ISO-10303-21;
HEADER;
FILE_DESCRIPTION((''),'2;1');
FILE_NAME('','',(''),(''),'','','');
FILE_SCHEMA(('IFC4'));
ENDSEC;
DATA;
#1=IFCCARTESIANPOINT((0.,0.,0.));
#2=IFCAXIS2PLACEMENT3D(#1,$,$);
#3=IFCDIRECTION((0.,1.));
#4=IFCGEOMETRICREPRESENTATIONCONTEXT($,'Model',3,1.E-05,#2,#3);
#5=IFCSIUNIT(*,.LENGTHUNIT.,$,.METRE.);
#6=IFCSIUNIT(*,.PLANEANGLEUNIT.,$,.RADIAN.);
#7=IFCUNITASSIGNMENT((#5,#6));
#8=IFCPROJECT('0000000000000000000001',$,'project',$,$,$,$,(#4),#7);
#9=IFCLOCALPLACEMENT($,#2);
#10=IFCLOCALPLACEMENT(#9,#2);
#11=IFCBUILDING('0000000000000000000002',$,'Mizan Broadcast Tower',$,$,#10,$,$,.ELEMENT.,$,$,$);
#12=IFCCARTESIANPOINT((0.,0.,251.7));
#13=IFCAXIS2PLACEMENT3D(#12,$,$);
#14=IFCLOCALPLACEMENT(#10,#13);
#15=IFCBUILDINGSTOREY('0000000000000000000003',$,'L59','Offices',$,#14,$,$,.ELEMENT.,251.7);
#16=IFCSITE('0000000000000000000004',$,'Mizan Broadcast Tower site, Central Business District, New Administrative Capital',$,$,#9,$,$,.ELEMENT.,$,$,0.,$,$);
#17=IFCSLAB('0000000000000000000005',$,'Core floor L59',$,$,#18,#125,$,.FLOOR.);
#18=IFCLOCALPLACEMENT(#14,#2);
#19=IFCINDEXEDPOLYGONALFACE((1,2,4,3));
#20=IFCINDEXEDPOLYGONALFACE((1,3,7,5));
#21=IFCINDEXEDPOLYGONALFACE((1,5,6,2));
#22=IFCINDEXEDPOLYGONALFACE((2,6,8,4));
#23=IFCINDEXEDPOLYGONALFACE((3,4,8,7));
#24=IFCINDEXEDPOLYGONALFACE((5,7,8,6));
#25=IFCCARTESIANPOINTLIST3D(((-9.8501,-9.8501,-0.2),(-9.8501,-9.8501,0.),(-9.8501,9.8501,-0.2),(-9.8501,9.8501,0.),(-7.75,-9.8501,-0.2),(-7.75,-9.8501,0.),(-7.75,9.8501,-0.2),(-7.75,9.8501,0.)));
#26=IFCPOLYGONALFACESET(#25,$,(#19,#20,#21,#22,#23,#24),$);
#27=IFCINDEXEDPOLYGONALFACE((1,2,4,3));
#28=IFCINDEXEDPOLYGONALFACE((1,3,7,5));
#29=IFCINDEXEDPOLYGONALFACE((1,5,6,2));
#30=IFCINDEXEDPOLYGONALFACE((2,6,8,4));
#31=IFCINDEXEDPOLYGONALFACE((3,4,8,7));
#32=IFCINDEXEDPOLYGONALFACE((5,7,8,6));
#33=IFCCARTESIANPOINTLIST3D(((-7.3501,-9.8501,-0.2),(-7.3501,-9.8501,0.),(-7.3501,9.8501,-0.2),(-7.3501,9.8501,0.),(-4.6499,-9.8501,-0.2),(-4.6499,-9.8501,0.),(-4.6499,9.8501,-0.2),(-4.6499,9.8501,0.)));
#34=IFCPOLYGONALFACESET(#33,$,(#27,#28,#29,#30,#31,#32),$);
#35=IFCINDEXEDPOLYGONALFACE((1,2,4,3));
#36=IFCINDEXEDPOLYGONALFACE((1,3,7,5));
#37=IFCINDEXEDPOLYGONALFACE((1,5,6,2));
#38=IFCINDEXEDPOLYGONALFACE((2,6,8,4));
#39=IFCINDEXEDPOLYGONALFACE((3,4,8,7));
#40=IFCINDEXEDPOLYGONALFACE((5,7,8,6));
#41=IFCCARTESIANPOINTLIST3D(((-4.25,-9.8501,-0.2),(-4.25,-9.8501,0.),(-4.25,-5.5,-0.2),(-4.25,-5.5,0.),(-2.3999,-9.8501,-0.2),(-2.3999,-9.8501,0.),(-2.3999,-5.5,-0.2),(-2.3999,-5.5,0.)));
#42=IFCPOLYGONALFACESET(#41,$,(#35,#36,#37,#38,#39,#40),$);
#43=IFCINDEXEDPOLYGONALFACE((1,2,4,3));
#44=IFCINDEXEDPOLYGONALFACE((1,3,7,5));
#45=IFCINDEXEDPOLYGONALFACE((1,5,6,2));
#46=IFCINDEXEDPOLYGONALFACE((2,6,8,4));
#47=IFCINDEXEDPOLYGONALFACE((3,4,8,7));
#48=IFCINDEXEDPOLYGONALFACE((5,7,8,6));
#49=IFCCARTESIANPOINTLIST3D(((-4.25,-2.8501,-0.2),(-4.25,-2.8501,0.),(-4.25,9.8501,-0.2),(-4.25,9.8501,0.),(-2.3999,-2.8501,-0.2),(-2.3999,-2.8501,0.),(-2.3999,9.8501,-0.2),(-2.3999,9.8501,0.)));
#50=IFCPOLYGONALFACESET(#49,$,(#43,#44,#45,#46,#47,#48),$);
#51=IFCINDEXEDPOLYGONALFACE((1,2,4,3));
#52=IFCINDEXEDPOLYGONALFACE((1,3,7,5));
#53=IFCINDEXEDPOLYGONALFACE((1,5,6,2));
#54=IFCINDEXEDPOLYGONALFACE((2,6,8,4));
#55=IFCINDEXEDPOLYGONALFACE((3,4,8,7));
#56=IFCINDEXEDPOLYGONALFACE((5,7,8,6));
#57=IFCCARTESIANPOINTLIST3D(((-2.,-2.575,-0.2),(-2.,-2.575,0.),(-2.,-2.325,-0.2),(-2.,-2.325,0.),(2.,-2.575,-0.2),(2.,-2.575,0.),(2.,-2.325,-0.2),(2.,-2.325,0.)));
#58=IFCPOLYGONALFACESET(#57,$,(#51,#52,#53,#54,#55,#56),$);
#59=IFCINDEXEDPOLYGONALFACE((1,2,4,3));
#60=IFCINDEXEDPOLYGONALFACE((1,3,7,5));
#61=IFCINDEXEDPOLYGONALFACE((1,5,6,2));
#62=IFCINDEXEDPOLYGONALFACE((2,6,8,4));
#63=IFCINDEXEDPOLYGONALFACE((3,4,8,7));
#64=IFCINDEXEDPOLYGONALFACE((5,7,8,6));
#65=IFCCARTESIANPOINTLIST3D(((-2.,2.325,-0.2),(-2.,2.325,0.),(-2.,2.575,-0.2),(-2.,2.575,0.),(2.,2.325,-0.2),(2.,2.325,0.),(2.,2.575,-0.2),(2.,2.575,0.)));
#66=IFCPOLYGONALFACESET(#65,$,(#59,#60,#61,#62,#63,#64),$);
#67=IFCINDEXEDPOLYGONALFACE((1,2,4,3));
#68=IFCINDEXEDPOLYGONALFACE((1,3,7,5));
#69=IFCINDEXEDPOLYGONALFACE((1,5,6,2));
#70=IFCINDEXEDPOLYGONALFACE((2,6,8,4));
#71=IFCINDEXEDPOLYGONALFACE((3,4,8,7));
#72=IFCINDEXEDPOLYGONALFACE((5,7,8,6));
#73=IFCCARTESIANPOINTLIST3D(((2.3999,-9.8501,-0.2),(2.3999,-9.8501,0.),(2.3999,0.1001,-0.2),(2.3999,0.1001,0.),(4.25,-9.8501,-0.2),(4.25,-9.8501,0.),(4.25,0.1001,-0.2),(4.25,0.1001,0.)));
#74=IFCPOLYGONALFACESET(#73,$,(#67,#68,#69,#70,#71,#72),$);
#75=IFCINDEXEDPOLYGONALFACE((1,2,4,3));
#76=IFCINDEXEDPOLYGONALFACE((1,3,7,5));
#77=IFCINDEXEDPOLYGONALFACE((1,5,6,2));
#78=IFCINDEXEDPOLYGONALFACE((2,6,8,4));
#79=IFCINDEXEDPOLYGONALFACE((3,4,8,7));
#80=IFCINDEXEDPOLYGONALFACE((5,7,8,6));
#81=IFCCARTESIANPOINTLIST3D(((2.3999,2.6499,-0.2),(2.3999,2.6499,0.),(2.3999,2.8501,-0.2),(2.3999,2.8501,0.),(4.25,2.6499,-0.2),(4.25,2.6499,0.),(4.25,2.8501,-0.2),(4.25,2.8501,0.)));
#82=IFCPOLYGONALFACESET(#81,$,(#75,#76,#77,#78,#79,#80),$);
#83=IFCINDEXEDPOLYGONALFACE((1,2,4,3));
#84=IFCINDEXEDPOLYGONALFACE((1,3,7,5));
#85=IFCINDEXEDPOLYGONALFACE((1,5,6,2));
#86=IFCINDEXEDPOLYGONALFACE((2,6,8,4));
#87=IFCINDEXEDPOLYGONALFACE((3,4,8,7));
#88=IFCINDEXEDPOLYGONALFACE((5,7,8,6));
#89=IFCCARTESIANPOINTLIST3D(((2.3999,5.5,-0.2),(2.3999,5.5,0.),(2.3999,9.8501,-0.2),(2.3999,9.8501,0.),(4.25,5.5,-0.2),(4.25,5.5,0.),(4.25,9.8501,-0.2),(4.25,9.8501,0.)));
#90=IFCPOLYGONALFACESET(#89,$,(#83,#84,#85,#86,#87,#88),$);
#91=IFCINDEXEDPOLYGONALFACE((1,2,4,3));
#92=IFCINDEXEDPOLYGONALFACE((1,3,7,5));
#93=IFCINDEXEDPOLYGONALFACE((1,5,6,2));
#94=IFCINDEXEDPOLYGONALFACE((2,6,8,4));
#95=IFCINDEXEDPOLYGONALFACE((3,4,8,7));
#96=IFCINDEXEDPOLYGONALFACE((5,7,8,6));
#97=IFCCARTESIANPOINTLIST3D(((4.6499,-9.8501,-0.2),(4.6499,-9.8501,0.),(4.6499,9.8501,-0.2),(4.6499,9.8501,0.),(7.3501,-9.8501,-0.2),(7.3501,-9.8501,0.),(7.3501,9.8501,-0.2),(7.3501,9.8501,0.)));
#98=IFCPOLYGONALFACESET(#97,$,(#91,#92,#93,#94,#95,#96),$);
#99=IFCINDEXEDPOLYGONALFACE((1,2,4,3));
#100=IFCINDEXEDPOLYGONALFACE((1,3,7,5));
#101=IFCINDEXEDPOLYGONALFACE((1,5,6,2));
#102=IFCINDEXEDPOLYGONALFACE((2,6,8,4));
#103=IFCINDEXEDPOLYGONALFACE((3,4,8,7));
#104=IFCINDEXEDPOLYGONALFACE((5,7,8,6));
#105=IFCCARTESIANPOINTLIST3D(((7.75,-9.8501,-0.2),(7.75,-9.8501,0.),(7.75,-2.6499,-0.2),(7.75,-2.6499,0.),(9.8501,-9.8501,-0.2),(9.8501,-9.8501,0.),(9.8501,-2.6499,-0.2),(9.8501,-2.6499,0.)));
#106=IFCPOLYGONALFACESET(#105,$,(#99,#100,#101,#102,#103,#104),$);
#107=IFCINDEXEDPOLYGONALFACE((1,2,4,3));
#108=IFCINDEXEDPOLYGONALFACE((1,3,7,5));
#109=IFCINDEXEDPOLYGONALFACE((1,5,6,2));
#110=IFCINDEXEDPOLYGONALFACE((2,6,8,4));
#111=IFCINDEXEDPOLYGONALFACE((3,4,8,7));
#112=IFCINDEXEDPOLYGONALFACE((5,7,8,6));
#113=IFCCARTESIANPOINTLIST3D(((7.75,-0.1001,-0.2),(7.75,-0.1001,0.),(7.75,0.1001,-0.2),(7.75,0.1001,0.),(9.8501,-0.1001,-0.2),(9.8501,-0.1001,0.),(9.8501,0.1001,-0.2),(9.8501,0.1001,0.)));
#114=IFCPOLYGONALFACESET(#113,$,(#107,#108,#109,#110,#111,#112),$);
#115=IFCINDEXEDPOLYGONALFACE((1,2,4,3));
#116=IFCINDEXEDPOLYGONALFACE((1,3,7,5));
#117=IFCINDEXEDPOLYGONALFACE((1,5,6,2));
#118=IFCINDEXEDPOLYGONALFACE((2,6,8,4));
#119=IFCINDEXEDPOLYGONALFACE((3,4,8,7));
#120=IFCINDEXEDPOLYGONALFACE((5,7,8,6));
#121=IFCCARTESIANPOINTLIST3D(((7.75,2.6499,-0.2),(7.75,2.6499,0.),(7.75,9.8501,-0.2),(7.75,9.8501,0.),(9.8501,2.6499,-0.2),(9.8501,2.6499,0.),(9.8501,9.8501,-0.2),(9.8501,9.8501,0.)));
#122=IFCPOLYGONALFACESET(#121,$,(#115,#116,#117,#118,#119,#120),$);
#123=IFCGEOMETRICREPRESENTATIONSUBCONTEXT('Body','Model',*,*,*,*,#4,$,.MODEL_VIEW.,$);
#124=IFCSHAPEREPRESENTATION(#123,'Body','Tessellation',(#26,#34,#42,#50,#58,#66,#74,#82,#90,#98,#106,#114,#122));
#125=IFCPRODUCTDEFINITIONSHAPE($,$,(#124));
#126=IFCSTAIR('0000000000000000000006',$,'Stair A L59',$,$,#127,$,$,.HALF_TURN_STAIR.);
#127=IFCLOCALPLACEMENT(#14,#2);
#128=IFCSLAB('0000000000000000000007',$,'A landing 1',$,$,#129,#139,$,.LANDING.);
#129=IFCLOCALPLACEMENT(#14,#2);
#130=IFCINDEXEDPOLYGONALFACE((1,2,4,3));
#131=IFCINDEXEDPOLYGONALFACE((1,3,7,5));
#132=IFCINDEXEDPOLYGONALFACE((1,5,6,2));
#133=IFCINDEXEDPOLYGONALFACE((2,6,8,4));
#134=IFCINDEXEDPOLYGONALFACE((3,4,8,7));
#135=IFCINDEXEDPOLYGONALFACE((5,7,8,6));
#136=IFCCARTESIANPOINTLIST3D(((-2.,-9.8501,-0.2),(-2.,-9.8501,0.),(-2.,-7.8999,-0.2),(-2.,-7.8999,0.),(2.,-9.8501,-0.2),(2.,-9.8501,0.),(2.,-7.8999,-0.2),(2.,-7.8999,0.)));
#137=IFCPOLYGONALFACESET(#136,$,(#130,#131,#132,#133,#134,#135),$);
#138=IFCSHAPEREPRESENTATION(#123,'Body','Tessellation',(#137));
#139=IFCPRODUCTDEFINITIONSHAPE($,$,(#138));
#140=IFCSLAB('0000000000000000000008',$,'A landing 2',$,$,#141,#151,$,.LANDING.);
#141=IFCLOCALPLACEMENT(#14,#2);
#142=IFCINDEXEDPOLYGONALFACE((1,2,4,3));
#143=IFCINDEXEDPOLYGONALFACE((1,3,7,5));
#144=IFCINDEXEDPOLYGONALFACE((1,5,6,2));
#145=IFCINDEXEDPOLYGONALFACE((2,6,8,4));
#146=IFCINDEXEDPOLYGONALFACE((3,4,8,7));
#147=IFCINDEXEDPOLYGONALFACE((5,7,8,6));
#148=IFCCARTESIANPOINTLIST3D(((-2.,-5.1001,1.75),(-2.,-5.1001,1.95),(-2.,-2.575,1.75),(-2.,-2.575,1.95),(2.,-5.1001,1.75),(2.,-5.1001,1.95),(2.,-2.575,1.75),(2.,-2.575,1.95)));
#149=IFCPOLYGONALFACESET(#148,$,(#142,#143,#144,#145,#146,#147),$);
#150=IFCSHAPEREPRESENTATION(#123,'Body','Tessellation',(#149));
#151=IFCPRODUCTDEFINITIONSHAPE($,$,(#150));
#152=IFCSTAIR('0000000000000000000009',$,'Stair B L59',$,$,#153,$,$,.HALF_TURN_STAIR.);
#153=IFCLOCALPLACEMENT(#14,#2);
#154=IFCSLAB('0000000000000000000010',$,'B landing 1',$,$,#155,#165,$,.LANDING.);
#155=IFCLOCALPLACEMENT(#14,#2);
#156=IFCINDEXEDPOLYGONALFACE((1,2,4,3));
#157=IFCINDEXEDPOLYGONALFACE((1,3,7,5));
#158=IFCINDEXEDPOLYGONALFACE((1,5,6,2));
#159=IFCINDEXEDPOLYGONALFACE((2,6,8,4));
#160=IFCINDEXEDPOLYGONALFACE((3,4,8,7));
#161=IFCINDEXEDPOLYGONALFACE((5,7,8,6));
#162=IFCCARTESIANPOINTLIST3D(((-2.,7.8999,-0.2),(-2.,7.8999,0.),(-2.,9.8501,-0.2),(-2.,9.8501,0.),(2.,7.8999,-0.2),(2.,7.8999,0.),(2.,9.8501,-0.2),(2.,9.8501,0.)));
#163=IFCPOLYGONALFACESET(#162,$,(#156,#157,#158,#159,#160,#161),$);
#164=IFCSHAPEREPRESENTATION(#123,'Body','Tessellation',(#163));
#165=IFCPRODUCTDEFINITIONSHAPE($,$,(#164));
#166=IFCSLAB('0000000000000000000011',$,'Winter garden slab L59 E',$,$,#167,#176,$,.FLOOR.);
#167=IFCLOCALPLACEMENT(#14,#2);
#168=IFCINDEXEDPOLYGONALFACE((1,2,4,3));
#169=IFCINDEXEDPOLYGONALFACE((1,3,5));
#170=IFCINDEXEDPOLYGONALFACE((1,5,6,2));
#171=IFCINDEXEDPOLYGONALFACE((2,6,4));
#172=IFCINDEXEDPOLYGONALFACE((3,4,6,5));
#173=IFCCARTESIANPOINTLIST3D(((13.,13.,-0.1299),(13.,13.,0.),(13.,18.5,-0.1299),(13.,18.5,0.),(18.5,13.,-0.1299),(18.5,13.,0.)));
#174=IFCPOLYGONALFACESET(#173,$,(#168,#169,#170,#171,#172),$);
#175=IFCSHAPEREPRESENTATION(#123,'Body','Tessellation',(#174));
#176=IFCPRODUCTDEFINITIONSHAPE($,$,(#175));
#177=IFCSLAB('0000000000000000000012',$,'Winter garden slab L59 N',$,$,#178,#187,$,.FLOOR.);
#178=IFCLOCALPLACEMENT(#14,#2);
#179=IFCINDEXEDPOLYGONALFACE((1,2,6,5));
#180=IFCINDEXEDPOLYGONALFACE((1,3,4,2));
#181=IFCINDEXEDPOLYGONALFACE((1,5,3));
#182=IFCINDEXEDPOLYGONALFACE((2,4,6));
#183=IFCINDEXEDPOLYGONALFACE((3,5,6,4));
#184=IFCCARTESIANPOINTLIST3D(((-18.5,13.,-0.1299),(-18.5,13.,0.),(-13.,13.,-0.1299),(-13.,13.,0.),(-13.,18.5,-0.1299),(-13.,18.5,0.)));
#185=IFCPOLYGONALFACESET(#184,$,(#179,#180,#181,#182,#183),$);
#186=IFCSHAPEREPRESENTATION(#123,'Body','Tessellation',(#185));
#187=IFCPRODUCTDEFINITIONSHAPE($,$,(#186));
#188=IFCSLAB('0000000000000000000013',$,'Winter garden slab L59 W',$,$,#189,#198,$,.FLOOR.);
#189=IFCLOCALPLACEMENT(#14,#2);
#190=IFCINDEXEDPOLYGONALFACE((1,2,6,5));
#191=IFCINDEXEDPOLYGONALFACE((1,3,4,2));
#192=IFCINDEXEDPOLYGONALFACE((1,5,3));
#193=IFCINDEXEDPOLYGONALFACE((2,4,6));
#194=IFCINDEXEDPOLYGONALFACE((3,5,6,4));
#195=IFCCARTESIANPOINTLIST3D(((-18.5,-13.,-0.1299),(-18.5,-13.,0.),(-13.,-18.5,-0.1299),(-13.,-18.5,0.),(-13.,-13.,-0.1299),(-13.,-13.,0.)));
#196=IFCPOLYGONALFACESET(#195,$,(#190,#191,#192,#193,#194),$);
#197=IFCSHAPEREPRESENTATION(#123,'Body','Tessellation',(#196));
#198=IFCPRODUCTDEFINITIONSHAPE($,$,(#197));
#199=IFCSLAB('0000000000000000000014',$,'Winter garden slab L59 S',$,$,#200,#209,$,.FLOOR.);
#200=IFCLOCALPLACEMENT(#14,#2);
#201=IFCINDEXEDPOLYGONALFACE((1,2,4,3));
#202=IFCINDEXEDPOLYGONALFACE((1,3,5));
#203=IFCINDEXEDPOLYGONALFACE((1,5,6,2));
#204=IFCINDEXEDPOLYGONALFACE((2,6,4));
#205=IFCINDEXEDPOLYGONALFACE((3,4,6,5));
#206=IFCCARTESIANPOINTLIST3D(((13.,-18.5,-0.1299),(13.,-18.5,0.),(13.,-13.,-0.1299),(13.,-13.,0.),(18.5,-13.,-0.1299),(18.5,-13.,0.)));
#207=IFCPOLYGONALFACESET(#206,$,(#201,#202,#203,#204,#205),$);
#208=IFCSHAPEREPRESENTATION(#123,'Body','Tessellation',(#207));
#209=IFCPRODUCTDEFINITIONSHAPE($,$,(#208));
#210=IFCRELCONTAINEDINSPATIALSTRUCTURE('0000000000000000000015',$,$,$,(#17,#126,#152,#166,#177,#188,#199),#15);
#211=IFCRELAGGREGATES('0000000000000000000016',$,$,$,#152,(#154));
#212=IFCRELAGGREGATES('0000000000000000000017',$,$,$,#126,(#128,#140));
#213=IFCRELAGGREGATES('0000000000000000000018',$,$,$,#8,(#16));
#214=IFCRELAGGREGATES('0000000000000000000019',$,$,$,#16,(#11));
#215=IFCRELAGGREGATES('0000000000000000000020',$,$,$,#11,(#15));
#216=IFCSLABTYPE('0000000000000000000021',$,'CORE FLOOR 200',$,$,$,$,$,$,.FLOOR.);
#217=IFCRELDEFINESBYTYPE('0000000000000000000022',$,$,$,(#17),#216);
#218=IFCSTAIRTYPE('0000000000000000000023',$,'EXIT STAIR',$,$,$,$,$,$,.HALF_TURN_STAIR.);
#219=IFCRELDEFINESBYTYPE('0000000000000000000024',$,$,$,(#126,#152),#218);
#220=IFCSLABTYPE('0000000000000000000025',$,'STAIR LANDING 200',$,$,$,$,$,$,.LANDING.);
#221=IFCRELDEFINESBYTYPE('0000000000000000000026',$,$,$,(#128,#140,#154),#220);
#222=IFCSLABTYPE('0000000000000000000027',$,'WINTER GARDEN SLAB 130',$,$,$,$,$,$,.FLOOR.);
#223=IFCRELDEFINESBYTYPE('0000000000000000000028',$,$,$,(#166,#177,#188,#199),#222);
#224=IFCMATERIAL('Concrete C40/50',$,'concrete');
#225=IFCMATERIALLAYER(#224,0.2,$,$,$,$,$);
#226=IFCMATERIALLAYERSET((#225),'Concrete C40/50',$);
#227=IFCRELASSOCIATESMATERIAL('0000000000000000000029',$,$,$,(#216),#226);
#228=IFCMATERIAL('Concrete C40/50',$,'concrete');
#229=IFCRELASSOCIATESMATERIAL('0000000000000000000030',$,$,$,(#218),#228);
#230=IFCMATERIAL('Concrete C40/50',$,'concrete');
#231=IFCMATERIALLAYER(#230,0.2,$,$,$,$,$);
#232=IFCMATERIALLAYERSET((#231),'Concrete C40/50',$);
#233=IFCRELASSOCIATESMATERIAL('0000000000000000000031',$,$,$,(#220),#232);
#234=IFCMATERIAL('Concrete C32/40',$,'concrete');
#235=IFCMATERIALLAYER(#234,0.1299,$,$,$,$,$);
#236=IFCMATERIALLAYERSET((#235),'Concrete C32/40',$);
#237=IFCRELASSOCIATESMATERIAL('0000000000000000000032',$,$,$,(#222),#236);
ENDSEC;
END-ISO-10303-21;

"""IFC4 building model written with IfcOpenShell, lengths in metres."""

from ifc_helpers import new_model, si_unit, direction, frame, origin, place, context, subcontext, project, spatial, polyline, outline, extrude, material, layer, layer_set, type_object, element, aggregate, save


model = new_model("IFC4")

# Units and contexts
model_context = context("Model", 3, precision=1e-05, world=origin(), true_north=direction((0.0, 1.0)))
body_context = subcontext(model_context, "Body", "Model", "MODEL_VIEW")
ifc_project = project(units=[si_unit("LENGTHUNIT", "METRE"), si_unit("PLANEANGLEUNIT", "RADIAN")], contexts=[model_context])

# Site, building, storey
site_placement = place(None, origin())
site = spatial("IfcSite", under=ifc_project, at=site_placement, Name="Mizan Broadcast Tower site, Central Business District, New Administrative Capital", CompositionType="ELEMENT", RefElevation=0.0)
building_placement = place(site_placement, origin())
building = spatial("IfcBuilding", under=site, at=building_placement, Name="Mizan Broadcast Tower", CompositionType="ELEMENT")
storey_placement = place(building_placement, frame((0.0, 0.0, 251.7)))
storey = spatial("IfcBuildingStorey", under=building, at=storey_placement, Name="L59", Description="Offices", CompositionType="ELEMENT", Elevation=251.7)

# Slab
ifc_material_1 = material(Name="Concrete C40/50", Category="concrete")
ifc_layer_1 = layer(ifc_material_1, 0.2)
ifc_layer_set_1 = layer_set([ifc_layer_1], Name="Concrete C40/50")
slab_type_1 = type_object("IfcSlabType", Name="CORE FLOOR 200", PredefinedType="FLOOR", material=ifc_layer_set_1)
slab_1_placement = place(storey_placement, frame((0.0, 0.0, -0.2)))
element("IfcSlab", 1, at=slab_1_placement, inside=storey, type_object=slab_type_1, Name="Core floor L59", PredefinedType="FLOOR", context=body_context, shape_type="SweptSolid", body=[
    extrude(outline(polyline([(-9.8501, -9.8501), (-7.75, -9.8501), (-7.75, 9.8501), (-9.8501, 9.8501), (-9.8501, -9.8501)])), origin(), (0.0, 0.0, 1.0), 0.2),
    extrude(outline(polyline([(-4.6499, 9.8501), (-7.3501, 9.8501), (-7.3501, -9.8501), (-4.6499, -9.8501), (-4.6499, 9.8501)])), origin(), (0.0, 0.0, 1.0), 0.2),
    extrude(outline(polyline([(-4.25, -5.5), (-4.25, -9.8501), (-2.3999, -9.8501), (-2.3999, -5.5), (-4.25, -5.5)])), origin(), (0.0, 0.0, 1.0), 0.2),
    extrude(outline(polyline([(-4.25, -2.8501), (-2.3999, -2.8501), (-2.3999, 9.8501), (-4.25, 9.8501), (-4.25, -2.8501)])), origin(), (0.0, 0.0, 1.0), 0.2),
    extrude(outline(polyline([(2.0, -2.325), (-2.0, -2.325), (-2.0, -2.575), (2.0, -2.575), (2.0, -2.325)])), origin(), (0.0, 0.0, 1.0), 0.2),
    extrude(outline(polyline([(2.0, 2.575), (-2.0, 2.575), (-2.0, 2.325), (2.0, 2.325), (2.0, 2.575)])), origin(), (0.0, 0.0, 1.0), 0.2),
    extrude(outline(polyline([(4.25, -9.8501), (4.25, 0.1001), (2.3999, 0.1001), (2.3999, -9.8501), (4.25, -9.8501)])), origin(), (0.0, 0.0, 1.0), 0.2),
    extrude(outline(polyline([(4.25, 2.6499), (4.25, 2.8501), (2.3999, 2.8501), (2.3999, 2.6499), (4.25, 2.6499)])), origin(), (0.0, 0.0, 1.0), 0.2),
    extrude(outline(polyline([(4.25, 5.5), (4.25, 9.8501), (2.3999, 9.8501), (2.3999, 5.5), (4.25, 5.5)])), origin(), (0.0, 0.0, 1.0), 0.2),
    extrude(outline(polyline([(4.6499, 9.8501), (4.6499, -9.8501), (7.3501, -9.8501), (7.3501, 9.8501), (4.6499, 9.8501)])), origin(), (0.0, 0.0, 1.0), 0.2),
    extrude(outline(polyline([(9.8501, -9.8501), (9.8501, -2.6499), (7.75, -2.6499), (7.75, -9.8501), (9.8501, -9.8501)])), origin(), (0.0, 0.0, 1.0), 0.2),
    extrude(outline(polyline([(9.8501, -0.1001), (9.8501, 0.1001), (7.75, 0.1001), (7.75, -0.1001), (9.8501, -0.1001)])), origin(), (0.0, 0.0, 1.0), 0.2),
    extrude(outline(polyline([(7.75, 9.8501), (7.75, 2.6499), (9.8501, 2.6499), (9.8501, 9.8501), (7.75, 9.8501)])), origin(), (0.0, 0.0, 1.0), 0.2),
])

# Stair, slabs
ifc_material_2 = material(Name="Concrete C40/50", Category="concrete")
stair_type = type_object("IfcStairType", Name="EXIT STAIR", PredefinedType="HALF_TURN_STAIR", material=ifc_material_2)
stair_1_placement = place(storey_placement, origin())
stair_1 = element("IfcStair", 2, at=stair_1_placement, inside=storey, type_object=stair_type, Name="Stair A L59", PredefinedType="HALF_TURN_STAIR")
ifc_material_3 = material(Name="Concrete C40/50", Category="concrete")
ifc_layer_2 = layer(ifc_material_3, 0.2)
ifc_layer_set_2 = layer_set([ifc_layer_2], Name="Concrete C40/50")
slab_type_2 = type_object("IfcSlabType", Name="STAIR LANDING 200", PredefinedType="LANDING", material=ifc_layer_set_2)
slab_2_placement = place(storey_placement, frame((0.0, 0.0, -0.2)))
slab_2 = element("IfcSlab", 3, at=slab_2_placement, type_object=slab_type_2, Name="A landing 1", PredefinedType="LANDING", context=body_context, shape_type="SweptSolid", body=[
    extrude(outline(polyline([(-2.0, -9.8501), (-2.0, -7.8999), (2.0, -7.8999), (2.0, -9.8501), (-2.0, -9.8501)])), origin(), (0.0, 0.0, 1.0), 0.2),
])
slab_3_placement = place(storey_placement, frame((0.0, 0.0, 1.75)))
slab_3 = element("IfcSlab", 4, at=slab_3_placement, type_object=slab_type_2, Name="A landing 2", PredefinedType="LANDING", context=body_context, shape_type="SweptSolid", body=[
    extrude(outline(polyline([(-2.0, -5.1001), (-2.0, -2.575), (2.0, -2.575), (2.0, -5.1001), (-2.0, -5.1001)])), origin(), (0.0, 0.0, 1.0), 0.2),
])

# Stair, slab
stair_2_placement = place(storey_placement, origin())
stair_2 = element("IfcStair", 5, at=stair_2_placement, inside=storey, type_object=stair_type, Name="Stair B L59", PredefinedType="HALF_TURN_STAIR")
slab_4_placement = place(storey_placement, frame((0.0, 0.0, -0.2)))
slab_4 = element("IfcSlab", 6, at=slab_4_placement, type_object=slab_type_2, Name="B landing 1", PredefinedType="LANDING", context=body_context, shape_type="SweptSolid", body=[
    extrude(outline(polyline([(2.0, 9.8501), (2.0, 7.8999), (-2.0, 7.8999), (-2.0, 9.8501), (2.0, 9.8501)])), origin(), (0.0, 0.0, 1.0), 0.2),
])
aggregate(stair_2, [slab_4])

# Slabs
ifc_material_4 = material(Name="Concrete C32/40", Category="concrete")
ifc_layer_3 = layer(ifc_material_4, 0.1299)
ifc_layer_set_3 = layer_set([ifc_layer_3], Name="Concrete C32/40")
slab_type_3 = type_object("IfcSlabType", Name="WINTER GARDEN SLAB 130", PredefinedType="FLOOR", material=ifc_layer_set_3)
slab_5_placement = place(storey_placement, frame((0.0, 0.0, -0.1299)))
element("IfcSlab", 7, at=slab_5_placement, inside=storey, type_object=slab_type_3, Name="Winter garden slab L59 E", PredefinedType="FLOOR", context=body_context, shape_type="SweptSolid", body=[
    extrude(outline(polyline([(13.0, 13.0), (18.5, 13.0), (13.0, 18.5), (13.0, 13.0)])), origin(), (0.0, 0.0, 1.0), 0.1299),
])
slab_6_placement = place(storey_placement, frame((0.0, 0.0, -0.1299)))
element("IfcSlab", 8, at=slab_6_placement, inside=storey, type_object=slab_type_3, Name="Winter garden slab L59 N", PredefinedType="FLOOR", context=body_context, shape_type="SweptSolid", body=[
    extrude(outline(polyline([(-13.0, 13.0), (-13.0, 18.5), (-18.5, 13.0), (-13.0, 13.0)])), origin(), (0.0, 0.0, 1.0), 0.1299),
])
slab_7_placement = place(storey_placement, frame((0.0, 0.0, -0.1299)))
element("IfcSlab", 9, at=slab_7_placement, inside=storey, type_object=slab_type_3, Name="Winter garden slab L59 W", PredefinedType="FLOOR", context=body_context, shape_type="SweptSolid", body=[
    extrude(outline(polyline([(-13.0, -13.0), (-18.5, -13.0), (-13.0, -18.5), (-13.0, -13.0)])), origin(), (0.0, 0.0, 1.0), 0.1299),
])
slab_8_placement = place(storey_placement, frame((0.0, 0.0, -0.1299)))
element("IfcSlab", 10, at=slab_8_placement, inside=storey, type_object=slab_type_3, Name="Winter garden slab L59 S", PredefinedType="FLOOR", context=body_context, shape_type="SweptSolid", body=[
    extrude(outline(polyline([(13.0, -13.0), (13.0, -18.5), (18.5, -13.0), (13.0, -13.0)])), origin(), (0.0, 0.0, 1.0), 0.1299),
])

aggregate(stair_1, [slab_2, slab_3])

save(model, "model.ifc")
